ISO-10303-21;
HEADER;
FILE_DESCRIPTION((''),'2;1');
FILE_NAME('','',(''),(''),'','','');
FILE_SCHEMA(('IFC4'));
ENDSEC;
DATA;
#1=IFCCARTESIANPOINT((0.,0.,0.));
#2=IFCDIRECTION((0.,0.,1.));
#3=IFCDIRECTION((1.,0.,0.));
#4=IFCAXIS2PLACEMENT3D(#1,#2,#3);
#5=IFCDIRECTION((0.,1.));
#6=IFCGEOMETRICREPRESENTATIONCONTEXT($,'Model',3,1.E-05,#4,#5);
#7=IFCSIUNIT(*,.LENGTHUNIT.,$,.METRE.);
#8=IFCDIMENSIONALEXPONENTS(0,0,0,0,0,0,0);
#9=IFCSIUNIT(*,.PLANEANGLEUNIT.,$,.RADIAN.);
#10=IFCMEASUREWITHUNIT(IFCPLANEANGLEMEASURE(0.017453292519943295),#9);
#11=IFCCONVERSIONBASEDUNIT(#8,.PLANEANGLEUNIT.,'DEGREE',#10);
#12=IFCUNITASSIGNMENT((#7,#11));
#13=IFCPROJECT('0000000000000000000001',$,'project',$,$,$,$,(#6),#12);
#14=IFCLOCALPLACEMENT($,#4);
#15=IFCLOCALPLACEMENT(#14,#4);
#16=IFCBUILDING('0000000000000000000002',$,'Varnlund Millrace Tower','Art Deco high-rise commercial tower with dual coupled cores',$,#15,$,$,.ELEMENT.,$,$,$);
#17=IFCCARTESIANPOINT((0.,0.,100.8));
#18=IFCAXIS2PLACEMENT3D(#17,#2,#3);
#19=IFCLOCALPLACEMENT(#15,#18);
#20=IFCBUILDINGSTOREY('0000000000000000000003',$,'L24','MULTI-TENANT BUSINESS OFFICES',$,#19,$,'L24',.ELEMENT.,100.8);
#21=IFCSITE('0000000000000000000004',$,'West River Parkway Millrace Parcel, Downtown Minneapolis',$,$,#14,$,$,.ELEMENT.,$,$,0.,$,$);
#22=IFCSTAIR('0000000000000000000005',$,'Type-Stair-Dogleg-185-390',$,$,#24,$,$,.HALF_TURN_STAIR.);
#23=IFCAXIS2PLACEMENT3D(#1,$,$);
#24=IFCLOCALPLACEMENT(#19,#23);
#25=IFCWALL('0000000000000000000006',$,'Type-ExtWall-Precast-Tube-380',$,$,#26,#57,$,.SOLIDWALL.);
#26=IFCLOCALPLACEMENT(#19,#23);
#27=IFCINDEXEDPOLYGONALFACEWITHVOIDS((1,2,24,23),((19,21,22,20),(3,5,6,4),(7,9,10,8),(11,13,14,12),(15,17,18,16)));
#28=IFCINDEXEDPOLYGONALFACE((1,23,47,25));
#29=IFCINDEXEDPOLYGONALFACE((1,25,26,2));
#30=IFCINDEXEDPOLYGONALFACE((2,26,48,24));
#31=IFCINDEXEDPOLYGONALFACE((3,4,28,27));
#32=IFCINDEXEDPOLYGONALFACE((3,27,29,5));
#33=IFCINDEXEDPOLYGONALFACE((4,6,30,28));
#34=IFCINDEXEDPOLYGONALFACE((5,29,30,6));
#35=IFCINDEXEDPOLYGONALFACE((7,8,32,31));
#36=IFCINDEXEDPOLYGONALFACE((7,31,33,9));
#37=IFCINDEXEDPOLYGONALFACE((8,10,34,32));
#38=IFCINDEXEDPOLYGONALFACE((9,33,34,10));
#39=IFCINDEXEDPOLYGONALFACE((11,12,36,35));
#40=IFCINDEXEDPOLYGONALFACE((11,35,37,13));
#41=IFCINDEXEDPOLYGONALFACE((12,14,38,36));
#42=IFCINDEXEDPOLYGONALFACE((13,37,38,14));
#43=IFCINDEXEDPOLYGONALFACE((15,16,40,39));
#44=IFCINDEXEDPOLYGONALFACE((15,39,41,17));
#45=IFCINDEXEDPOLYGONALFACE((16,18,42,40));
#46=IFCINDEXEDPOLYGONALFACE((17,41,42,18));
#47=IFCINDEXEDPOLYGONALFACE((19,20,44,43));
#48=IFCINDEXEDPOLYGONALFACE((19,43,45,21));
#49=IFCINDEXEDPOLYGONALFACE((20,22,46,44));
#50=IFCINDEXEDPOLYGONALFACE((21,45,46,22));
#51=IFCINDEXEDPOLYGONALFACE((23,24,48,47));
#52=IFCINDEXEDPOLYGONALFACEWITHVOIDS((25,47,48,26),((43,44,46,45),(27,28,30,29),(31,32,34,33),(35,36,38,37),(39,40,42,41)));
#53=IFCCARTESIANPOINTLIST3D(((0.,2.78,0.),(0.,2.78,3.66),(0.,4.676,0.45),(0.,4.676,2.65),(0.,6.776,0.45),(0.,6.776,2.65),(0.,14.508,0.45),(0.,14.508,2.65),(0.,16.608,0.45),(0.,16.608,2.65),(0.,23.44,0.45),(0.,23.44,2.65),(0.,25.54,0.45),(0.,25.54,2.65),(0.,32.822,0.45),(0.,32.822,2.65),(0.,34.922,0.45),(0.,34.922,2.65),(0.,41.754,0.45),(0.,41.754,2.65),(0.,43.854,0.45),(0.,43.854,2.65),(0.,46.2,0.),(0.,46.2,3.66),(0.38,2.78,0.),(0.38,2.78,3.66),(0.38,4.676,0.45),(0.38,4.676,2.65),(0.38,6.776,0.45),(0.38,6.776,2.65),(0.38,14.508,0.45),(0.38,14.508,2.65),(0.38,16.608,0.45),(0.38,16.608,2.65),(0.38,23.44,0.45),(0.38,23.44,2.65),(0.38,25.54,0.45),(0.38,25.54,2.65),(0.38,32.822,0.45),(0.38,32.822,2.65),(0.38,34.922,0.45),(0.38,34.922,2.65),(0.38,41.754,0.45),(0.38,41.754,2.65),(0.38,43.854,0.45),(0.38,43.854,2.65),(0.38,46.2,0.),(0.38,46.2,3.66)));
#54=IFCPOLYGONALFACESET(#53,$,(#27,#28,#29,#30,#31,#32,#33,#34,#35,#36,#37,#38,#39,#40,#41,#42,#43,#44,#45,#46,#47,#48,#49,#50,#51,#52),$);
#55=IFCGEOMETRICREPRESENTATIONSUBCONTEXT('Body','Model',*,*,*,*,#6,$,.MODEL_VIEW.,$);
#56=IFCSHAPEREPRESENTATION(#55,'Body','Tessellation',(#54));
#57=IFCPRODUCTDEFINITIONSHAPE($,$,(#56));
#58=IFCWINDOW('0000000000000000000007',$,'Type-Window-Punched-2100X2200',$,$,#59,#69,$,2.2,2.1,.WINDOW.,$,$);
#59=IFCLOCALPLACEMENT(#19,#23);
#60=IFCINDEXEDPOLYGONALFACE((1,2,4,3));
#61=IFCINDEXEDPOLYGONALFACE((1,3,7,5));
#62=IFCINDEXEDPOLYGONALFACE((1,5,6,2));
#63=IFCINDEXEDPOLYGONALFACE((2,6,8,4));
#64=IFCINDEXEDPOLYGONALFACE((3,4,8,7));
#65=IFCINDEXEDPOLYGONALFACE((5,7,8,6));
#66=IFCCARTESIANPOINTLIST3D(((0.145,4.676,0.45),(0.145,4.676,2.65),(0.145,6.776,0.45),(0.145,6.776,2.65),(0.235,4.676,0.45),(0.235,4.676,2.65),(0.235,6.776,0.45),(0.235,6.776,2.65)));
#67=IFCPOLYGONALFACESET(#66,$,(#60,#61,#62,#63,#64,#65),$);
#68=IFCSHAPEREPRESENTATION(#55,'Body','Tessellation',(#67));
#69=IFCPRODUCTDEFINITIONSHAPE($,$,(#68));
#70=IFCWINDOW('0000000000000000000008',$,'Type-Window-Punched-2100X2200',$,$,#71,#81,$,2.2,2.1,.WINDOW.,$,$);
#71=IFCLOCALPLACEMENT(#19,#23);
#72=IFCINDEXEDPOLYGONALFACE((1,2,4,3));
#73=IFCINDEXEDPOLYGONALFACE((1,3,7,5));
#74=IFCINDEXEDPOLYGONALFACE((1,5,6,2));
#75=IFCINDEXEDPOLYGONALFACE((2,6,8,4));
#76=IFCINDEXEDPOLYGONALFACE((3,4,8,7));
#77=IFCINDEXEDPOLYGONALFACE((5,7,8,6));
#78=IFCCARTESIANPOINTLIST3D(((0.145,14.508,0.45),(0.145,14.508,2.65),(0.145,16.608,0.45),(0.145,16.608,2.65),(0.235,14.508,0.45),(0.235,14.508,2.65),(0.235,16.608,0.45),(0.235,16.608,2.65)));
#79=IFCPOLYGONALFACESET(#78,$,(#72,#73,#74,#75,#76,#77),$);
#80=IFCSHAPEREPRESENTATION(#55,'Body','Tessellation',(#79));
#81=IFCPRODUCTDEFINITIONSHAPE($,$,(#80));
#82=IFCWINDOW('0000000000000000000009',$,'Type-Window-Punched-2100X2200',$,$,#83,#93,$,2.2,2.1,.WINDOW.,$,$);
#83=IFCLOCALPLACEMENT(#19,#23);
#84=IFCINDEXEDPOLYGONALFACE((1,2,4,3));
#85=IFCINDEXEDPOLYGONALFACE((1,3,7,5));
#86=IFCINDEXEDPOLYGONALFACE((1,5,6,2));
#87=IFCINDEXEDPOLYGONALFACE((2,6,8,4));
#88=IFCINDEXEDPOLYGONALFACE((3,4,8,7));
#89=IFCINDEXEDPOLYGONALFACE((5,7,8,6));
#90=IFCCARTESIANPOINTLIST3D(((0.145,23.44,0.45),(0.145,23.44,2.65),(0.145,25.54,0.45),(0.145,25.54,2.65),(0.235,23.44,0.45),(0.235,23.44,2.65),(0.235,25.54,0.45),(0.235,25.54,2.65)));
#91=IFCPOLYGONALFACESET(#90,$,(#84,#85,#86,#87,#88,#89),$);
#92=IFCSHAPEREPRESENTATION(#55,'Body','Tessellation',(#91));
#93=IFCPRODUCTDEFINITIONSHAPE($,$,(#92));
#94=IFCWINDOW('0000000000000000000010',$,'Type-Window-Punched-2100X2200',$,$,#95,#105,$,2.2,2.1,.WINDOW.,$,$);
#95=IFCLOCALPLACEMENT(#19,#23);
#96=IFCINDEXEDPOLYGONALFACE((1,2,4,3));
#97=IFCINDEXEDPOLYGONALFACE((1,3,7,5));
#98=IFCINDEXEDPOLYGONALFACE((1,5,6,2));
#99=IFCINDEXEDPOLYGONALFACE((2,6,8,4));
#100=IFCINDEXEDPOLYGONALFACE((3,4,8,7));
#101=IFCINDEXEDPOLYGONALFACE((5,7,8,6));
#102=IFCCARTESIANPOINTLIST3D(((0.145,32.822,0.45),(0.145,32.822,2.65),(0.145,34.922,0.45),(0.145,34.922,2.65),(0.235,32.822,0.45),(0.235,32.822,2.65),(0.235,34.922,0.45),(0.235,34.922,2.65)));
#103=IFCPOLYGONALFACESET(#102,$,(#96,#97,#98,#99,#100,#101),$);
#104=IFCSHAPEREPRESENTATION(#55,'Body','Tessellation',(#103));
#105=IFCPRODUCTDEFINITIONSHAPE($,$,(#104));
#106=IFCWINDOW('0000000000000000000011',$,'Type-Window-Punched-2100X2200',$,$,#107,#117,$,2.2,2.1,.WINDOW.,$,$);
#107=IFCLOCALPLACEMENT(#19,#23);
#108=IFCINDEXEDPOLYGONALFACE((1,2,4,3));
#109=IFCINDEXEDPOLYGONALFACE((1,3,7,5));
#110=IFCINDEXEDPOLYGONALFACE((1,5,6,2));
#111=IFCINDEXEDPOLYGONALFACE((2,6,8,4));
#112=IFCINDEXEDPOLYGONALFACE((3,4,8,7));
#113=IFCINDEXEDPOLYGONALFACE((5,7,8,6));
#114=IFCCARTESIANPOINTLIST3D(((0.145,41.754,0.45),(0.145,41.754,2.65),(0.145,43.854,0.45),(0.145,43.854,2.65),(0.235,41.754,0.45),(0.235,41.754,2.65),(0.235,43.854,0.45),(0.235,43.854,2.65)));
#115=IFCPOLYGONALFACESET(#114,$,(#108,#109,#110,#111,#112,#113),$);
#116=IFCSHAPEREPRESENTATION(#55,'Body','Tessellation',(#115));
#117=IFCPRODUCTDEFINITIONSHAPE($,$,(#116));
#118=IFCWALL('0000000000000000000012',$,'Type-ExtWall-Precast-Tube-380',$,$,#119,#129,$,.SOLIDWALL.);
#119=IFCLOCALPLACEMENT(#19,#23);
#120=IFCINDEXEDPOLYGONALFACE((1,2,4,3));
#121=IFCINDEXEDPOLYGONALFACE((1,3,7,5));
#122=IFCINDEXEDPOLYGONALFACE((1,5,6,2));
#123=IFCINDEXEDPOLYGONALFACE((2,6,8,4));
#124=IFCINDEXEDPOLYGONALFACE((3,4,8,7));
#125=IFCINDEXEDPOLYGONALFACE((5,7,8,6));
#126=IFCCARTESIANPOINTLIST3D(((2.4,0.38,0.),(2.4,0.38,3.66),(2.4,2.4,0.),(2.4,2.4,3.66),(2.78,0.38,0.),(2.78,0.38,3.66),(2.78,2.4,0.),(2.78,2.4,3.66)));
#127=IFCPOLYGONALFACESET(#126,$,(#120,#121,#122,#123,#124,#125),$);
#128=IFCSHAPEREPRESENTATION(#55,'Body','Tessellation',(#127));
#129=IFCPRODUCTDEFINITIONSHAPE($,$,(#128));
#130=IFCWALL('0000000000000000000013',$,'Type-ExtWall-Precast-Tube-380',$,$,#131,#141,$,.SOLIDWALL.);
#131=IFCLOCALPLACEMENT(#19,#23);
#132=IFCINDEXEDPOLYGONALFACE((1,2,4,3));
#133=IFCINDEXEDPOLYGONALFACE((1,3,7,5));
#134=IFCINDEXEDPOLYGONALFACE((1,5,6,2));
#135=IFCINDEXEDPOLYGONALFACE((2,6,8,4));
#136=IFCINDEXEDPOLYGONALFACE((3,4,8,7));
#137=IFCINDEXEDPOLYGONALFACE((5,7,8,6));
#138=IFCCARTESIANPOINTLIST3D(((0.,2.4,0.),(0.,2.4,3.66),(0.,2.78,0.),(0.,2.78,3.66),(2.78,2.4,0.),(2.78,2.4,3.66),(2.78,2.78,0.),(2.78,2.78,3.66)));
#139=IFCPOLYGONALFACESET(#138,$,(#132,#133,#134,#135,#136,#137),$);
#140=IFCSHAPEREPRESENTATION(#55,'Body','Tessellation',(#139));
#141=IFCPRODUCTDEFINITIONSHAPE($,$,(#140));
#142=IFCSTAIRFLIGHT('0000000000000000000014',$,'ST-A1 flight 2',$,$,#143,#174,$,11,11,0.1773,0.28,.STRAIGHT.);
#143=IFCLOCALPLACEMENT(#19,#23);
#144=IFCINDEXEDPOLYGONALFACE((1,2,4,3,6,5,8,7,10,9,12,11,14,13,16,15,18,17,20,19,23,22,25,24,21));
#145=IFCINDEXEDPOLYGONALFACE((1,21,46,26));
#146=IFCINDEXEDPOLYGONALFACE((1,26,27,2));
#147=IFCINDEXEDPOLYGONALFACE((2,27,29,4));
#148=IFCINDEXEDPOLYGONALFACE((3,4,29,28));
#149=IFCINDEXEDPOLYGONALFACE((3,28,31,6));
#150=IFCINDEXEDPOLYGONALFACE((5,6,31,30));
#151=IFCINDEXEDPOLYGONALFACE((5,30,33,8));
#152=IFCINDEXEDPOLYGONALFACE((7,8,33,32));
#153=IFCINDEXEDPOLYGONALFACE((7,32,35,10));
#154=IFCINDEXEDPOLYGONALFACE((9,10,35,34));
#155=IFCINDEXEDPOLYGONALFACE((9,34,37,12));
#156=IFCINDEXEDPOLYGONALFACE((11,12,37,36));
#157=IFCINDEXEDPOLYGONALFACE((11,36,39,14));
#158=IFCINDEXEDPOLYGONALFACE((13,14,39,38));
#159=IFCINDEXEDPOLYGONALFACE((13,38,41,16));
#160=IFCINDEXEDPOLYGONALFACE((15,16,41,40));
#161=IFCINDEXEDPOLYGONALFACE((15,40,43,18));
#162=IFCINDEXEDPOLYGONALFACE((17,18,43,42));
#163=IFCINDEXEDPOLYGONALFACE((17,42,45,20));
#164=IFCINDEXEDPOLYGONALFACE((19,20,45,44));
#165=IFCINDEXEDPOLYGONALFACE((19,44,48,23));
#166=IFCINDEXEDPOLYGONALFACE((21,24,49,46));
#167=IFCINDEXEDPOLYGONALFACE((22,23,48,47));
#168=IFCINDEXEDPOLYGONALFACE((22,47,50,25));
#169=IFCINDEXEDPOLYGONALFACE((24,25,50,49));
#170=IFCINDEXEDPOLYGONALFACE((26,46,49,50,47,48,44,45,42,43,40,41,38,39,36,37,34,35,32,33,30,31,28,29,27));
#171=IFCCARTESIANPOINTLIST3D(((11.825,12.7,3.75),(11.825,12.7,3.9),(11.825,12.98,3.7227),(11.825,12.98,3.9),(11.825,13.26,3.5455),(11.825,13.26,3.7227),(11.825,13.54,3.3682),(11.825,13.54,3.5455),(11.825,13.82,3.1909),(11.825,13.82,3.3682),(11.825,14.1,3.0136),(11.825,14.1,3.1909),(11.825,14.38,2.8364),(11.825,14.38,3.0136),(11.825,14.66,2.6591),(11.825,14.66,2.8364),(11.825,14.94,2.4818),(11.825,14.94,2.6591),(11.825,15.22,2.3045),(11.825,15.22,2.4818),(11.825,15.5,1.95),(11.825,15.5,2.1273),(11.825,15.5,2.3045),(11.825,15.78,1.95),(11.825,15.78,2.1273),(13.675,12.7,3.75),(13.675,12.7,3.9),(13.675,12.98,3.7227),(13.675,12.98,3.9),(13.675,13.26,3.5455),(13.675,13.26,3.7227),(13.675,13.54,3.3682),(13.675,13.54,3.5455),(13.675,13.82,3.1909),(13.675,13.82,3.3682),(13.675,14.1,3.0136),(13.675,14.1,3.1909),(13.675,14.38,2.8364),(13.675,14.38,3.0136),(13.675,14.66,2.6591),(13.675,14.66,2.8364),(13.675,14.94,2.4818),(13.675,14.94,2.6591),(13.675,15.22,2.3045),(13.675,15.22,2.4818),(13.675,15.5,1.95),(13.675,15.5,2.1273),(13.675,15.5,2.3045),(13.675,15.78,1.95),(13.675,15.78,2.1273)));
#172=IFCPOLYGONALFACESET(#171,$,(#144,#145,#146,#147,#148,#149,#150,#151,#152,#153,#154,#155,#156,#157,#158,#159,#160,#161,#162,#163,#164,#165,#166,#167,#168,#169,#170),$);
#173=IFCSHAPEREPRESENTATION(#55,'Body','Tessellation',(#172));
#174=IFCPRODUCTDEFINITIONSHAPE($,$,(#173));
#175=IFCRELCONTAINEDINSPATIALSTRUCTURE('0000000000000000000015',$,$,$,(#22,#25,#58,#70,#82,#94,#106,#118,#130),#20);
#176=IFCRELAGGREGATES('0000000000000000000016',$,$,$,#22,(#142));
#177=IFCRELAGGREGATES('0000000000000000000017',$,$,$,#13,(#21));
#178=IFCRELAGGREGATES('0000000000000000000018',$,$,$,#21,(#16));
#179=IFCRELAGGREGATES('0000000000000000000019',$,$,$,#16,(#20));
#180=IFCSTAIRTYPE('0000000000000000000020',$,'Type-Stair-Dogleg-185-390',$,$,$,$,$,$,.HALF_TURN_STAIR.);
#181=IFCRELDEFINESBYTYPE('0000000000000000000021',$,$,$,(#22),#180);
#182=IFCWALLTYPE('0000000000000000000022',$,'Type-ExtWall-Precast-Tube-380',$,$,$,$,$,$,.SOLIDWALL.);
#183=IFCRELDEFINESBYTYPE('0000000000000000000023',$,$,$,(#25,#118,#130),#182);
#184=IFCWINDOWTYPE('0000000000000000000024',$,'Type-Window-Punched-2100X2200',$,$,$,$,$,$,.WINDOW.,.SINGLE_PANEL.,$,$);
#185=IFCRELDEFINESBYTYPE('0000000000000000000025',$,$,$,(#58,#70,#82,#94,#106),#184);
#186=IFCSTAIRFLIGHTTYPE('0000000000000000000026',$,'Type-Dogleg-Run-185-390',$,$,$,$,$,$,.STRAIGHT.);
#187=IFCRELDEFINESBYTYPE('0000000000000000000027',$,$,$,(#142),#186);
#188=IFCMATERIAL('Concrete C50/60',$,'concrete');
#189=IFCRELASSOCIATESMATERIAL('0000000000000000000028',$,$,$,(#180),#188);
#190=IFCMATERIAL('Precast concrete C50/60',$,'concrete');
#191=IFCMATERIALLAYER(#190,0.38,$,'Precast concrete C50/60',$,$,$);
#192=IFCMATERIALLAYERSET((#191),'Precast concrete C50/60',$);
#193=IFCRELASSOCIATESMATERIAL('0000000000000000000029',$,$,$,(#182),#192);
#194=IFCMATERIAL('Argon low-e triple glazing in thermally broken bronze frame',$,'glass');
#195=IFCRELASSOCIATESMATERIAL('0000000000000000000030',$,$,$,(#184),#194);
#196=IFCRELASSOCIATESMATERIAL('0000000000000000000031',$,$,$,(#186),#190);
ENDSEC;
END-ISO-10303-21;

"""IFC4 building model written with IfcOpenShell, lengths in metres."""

from ifc_helpers import new_model, entity, si_unit, converted_unit, direction, frame, origin_with_axes, origin_2d_with_axis, place, context, subcontext, project, spatial, polyline, rectangle, outline, extrude, material, layer, layer_set, type_object, element, fill, aggregate, save


model = new_model("IFC4")

# Units and contexts
model_context = context("Model", 3, precision=1e-05, world=origin_with_axes(), true_north=direction((0.0, 1.0)))
body_context = subcontext(model_context, "Body", "Model", "MODEL_VIEW")
ifc_project = project(units=[si_unit("LENGTHUNIT", "METRE"), converted_unit("PLANEANGLEUNIT", "DEGREE", entity("IfcPlaneAngleMeasure", 0.017453292519943295), si_unit("PLANEANGLEUNIT", "RADIAN"), dimensions=[0, 0, 0, 0, 0, 0, 0])], contexts=[model_context])

# Site, building, storey
site_placement = place(None, origin_with_axes())
site = spatial("IfcSite", under=ifc_project, at=site_placement, Name="West River Parkway Millrace Parcel, Downtown Minneapolis", CompositionType="ELEMENT", RefElevation=0.0)
building_placement = place(site_placement, origin_with_axes())
building = spatial("IfcBuilding", under=site, at=building_placement, Name="Varnlund Millrace Tower", Description="Art Deco high-rise commercial tower with dual coupled cores", CompositionType="ELEMENT")
storey_placement = place(building_placement, frame((0.0, 0.0, 100.8), z_axis=(0.0, 0.0, 1.0), x_axis=(1.0, 0.0, 0.0)))
storey = spatial("IfcBuildingStorey", under=building, at=storey_placement, Name="L24", Description="MULTI-TENANT BUSINESS OFFICES", LongName="L24", CompositionType="ELEMENT", Elevation=100.8)

# Stair
ifc_material_1 = material(Name="Concrete C50/60", Category="concrete")
stair_type_1 = type_object("IfcStairType", Name="Type-Stair-Dogleg-185-390", PredefinedType="HALF_TURN_STAIR", material=ifc_material_1)
stair_1_placement = place(storey_placement, origin_with_axes())
stair_1 = element("IfcStair", 1, at=stair_1_placement, inside=storey, type_object=stair_type_1, Name="Type-Stair-Dogleg-185-390", PredefinedType="HALF_TURN_STAIR")

# Wall, openings, windows
ifc_material_2 = material(Name="Precast concrete C50/60", Category="concrete")
ifc_layer_1 = layer(ifc_material_2, 0.38, Name="Precast concrete C50/60")
ifc_layer_set_1 = layer_set([ifc_layer_1], Name="Precast concrete C50/60")
wall_type = type_object("IfcWallType", Name="Type-ExtWall-Precast-Tube-380", PredefinedType="SOLIDWALL", material=ifc_layer_set_1)
wall_1_placement = place(storey_placement, frame((0.19, 2.78, 0.0), z_axis=(0.0, 0.0, 1.0), x_axis=(0.0, 1.0, 0.0)))
wall_1 = element("IfcWall", 2, at=wall_1_placement, inside=storey, type_object=wall_type, Name="Type-ExtWall-Precast-Tube-380", PredefinedType="SOLIDWALL", context=body_context, shape_type="SweptSolid", body=[
    extrude(outline(polyline([(0.0, -0.19), (43.42, -0.19), (43.42, 0.19), (0.0, 0.19), (0.0, -0.19)])), origin_with_axes(), (0.0, 0.0, 1.0), 3.66),
])
opening_1_placement = place(wall_1_placement, frame((2.946, 0.0, 0.45), z_axis=(0.0, 0.0, 1.0), x_axis=(1.0, 0.0, 0.0)))
opening_1 = element("IfcOpeningElement", 3, at=opening_1_placement, cuts=wall_1, PredefinedType="OPENING", context=body_context, shape_type="SweptSolid", body=[
    extrude(rectangle(XDim=2.1, YDim=0.4, at=origin_2d_with_axis()), origin_with_axes(), (0.0, 0.0, 1.0), 2.2),
])
opening_2_placement = place(wall_1_placement, frame((12.778, 0.0, 0.45), z_axis=(0.0, 0.0, 1.0), x_axis=(1.0, 0.0, 0.0)))
opening_2 = element("IfcOpeningElement", 4, at=opening_2_placement, cuts=wall_1, PredefinedType="OPENING", context=body_context, shape_type="SweptSolid", body=[
    extrude(rectangle(XDim=2.1, YDim=0.4, at=origin_2d_with_axis()), origin_with_axes(), (0.0, 0.0, 1.0), 2.2),
])
opening_3_placement = place(wall_1_placement, frame((21.71, 0.0, 0.45), z_axis=(0.0, 0.0, 1.0), x_axis=(1.0, 0.0, 0.0)))
opening_3 = element("IfcOpeningElement", 5, at=opening_3_placement, cuts=wall_1, PredefinedType="OPENING", context=body_context, shape_type="SweptSolid", body=[
    extrude(rectangle(XDim=2.1, YDim=0.4, at=origin_2d_with_axis()), origin_with_axes(), (0.0, 0.0, 1.0), 2.2),
])
opening_4_placement = place(wall_1_placement, frame((31.092, 0.0, 0.45), z_axis=(0.0, 0.0, 1.0), x_axis=(1.0, 0.0, 0.0)))
opening_4 = element("IfcOpeningElement", 6, at=opening_4_placement, cuts=wall_1, PredefinedType="OPENING", context=body_context, shape_type="SweptSolid", body=[
    extrude(rectangle(XDim=2.1, YDim=0.4, at=origin_2d_with_axis()), origin_with_axes(), (0.0, 0.0, 1.0), 2.2),
])
opening_5_placement = place(wall_1_placement, frame((40.024, 0.0, 0.45), z_axis=(0.0, 0.0, 1.0), x_axis=(1.0, 0.0, 0.0)))
opening_5 = element("IfcOpeningElement", 7, at=opening_5_placement, cuts=wall_1, PredefinedType="OPENING", context=body_context, shape_type="SweptSolid", body=[
    extrude(rectangle(XDim=2.1, YDim=0.4, at=origin_2d_with_axis()), origin_with_axes(), (0.0, 0.0, 1.0), 2.2),
])
ifc_material_3 = material(Name="Argon low-e triple glazing in thermally broken bronze frame", Category="glass")
window_type = type_object("IfcWindowType", Name="Type-Window-Punched-2100X2200", PartitioningType="SINGLE_PANEL", PredefinedType="WINDOW", material=ifc_material_3)
window_1_placement = place(wall_1_placement, frame((2.946, 0.0, 0.45), z_axis=(0.0, 0.0, 1.0), x_axis=(1.0, 0.0, 0.0)))
window_1 = element("IfcWindow", 8, at=window_1_placement, inside=storey, type_object=window_type, Name="Type-Window-Punched-2100X2200", OverallHeight=2.2, OverallWidth=2.1, PredefinedType="WINDOW", context=body_context, shape_type="SweptSolid", body=[
    extrude(rectangle(XDim=2.1, YDim=0.09, at=origin_2d_with_axis()), origin_with_axes(), (0.0, 0.0, 1.0), 2.2),
])
fill(opening_1, window_1)
window_2_placement = place(wall_1_placement, frame((12.778, 0.0, 0.45), z_axis=(0.0, 0.0, 1.0), x_axis=(1.0, 0.0, 0.0)))
window_2 = element("IfcWindow", 9, at=window_2_placement, inside=storey, type_object=window_type, Name="Type-Window-Punched-2100X2200", OverallHeight=2.2, OverallWidth=2.1, PredefinedType="WINDOW", context=body_context, shape_type="SweptSolid", body=[
    extrude(rectangle(XDim=2.1, YDim=0.09, at=origin_2d_with_axis()), origin_with_axes(), (0.0, 0.0, 1.0), 2.2),
])
fill(opening_2, window_2)
window_3_placement = place(wall_1_placement, frame((21.71, 0.0, 0.45), z_axis=(0.0, 0.0, 1.0), x_axis=(1.0, 0.0, 0.0)))
window_3 = element("IfcWindow", 10, at=window_3_placement, inside=storey, type_object=window_type, Name="Type-Window-Punched-2100X2200", OverallHeight=2.2, OverallWidth=2.1, PredefinedType="WINDOW", context=body_context, shape_type="SweptSolid", body=[
    extrude(rectangle(XDim=2.1, YDim=0.09, at=origin_2d_with_axis()), origin_with_axes(), (0.0, 0.0, 1.0), 2.2),
])
fill(opening_3, window_3)
window_4_placement = place(wall_1_placement, frame((31.092, 0.0, 0.45), z_axis=(0.0, 0.0, 1.0), x_axis=(1.0, 0.0, 0.0)))
window_4 = element("IfcWindow", 11, at=window_4_placement, inside=storey, type_object=window_type, Name="Type-Window-Punched-2100X2200", OverallHeight=2.2, OverallWidth=2.1, PredefinedType="WINDOW", context=body_context, shape_type="SweptSolid", body=[
    extrude(rectangle(XDim=2.1, YDim=0.09, at=origin_2d_with_axis()), origin_with_axes(), (0.0, 0.0, 1.0), 2.2),
])
fill(opening_4, window_4)
window_5_placement = place(wall_1_placement, frame((40.024, 0.0, 0.45), z_axis=(0.0, 0.0, 1.0), x_axis=(1.0, 0.0, 0.0)))
window_5 = element("IfcWindow", 12, at=window_5_placement, inside=storey, type_object=window_type, Name="Type-Window-Punched-2100X2200", OverallHeight=2.2, OverallWidth=2.1, PredefinedType="WINDOW", context=body_context, shape_type="SweptSolid", body=[
    extrude(rectangle(XDim=2.1, YDim=0.09, at=origin_2d_with_axis()), origin_with_axes(), (0.0, 0.0, 1.0), 2.2),
])
fill(opening_5, window_5)

# Walls
wall_2_placement = place(storey_placement, frame((2.59, 0.38, 0.0), z_axis=(0.0, 0.0, 1.0), x_axis=(0.0, 1.0, 0.0)))
element("IfcWall", 13, at=wall_2_placement, inside=storey, type_object=wall_type, Name="Type-ExtWall-Precast-Tube-380", PredefinedType="SOLIDWALL", context=body_context, shape_type="SweptSolid", body=[
    extrude(outline(polyline([(0.0, -0.19), (2.02, -0.19), (2.02, 0.19), (0.0, 0.19), (0.0, -0.19)])), origin_with_axes(), (0.0, 0.0, 1.0), 3.66),
])
wall_3_placement = place(storey_placement, frame((2.78, 2.59, 0.0), z_axis=(0.0, 0.0, 1.0), x_axis=(-1.0, 0.0, 0.0)))
element("IfcWall", 14, at=wall_3_placement, inside=storey, type_object=wall_type, Name="Type-ExtWall-Precast-Tube-380", PredefinedType="SOLIDWALL", context=body_context, shape_type="SweptSolid", body=[
    extrude(outline(polyline([(0.0, -0.19), (2.78, -0.19), (2.78, 0.19), (0.0, 0.19), (0.0, -0.19)])), origin_with_axes(), (0.0, 0.0, 1.0), 3.66),
])

# Stair flight
stair_flight_type = type_object("IfcStairFlightType", Name="Type-Dogleg-Run-185-390", PredefinedType="STRAIGHT", material=ifc_material_2)
stair_flight_placement = place(storey_placement, frame((13.675, 15.78, 1.95), z_axis=(-1.0, 0.0, 0.0), x_axis=(0.0, -1.0, 0.0)))
stair_flight = element("IfcStairFlight", 15, at=stair_flight_placement, type_object=stair_flight_type, Name="ST-A1 flight 2", NumberOfRisers=11, NumberOfTreads=11, PredefinedType="STRAIGHT", RiserHeight=0.1773, TreadLength=0.28, context=body_context, shape_type="SweptSolid", body=[
    extrude(outline(polyline([(0.0, 0.0), (0.0, 0.1773), (0.28, 0.1773), (0.28, 0.3545), (0.56, 0.3545), (0.56, 0.5318), (0.84, 0.5318), (0.84, 0.7091), (1.12, 0.7091), (1.12, 0.8864), (1.4, 0.8864), (1.4, 1.0636), (1.68, 1.0636), (1.68, 1.2409), (1.96, 1.2409), (1.96, 1.4182), (2.24, 1.4182), (2.24, 1.5955), (2.52, 1.5955), (2.52, 1.7727), (2.8, 1.7727), (2.8, 1.95), (3.08, 1.95), (3.08, 1.8), (0.28, 0.0), (0.0, 0.0)])), origin_with_axes(), (0.0, 0.0, 1.0), 1.85),
])
aggregate(stair_1, [stair_flight])

save(model, "model.ifc")
